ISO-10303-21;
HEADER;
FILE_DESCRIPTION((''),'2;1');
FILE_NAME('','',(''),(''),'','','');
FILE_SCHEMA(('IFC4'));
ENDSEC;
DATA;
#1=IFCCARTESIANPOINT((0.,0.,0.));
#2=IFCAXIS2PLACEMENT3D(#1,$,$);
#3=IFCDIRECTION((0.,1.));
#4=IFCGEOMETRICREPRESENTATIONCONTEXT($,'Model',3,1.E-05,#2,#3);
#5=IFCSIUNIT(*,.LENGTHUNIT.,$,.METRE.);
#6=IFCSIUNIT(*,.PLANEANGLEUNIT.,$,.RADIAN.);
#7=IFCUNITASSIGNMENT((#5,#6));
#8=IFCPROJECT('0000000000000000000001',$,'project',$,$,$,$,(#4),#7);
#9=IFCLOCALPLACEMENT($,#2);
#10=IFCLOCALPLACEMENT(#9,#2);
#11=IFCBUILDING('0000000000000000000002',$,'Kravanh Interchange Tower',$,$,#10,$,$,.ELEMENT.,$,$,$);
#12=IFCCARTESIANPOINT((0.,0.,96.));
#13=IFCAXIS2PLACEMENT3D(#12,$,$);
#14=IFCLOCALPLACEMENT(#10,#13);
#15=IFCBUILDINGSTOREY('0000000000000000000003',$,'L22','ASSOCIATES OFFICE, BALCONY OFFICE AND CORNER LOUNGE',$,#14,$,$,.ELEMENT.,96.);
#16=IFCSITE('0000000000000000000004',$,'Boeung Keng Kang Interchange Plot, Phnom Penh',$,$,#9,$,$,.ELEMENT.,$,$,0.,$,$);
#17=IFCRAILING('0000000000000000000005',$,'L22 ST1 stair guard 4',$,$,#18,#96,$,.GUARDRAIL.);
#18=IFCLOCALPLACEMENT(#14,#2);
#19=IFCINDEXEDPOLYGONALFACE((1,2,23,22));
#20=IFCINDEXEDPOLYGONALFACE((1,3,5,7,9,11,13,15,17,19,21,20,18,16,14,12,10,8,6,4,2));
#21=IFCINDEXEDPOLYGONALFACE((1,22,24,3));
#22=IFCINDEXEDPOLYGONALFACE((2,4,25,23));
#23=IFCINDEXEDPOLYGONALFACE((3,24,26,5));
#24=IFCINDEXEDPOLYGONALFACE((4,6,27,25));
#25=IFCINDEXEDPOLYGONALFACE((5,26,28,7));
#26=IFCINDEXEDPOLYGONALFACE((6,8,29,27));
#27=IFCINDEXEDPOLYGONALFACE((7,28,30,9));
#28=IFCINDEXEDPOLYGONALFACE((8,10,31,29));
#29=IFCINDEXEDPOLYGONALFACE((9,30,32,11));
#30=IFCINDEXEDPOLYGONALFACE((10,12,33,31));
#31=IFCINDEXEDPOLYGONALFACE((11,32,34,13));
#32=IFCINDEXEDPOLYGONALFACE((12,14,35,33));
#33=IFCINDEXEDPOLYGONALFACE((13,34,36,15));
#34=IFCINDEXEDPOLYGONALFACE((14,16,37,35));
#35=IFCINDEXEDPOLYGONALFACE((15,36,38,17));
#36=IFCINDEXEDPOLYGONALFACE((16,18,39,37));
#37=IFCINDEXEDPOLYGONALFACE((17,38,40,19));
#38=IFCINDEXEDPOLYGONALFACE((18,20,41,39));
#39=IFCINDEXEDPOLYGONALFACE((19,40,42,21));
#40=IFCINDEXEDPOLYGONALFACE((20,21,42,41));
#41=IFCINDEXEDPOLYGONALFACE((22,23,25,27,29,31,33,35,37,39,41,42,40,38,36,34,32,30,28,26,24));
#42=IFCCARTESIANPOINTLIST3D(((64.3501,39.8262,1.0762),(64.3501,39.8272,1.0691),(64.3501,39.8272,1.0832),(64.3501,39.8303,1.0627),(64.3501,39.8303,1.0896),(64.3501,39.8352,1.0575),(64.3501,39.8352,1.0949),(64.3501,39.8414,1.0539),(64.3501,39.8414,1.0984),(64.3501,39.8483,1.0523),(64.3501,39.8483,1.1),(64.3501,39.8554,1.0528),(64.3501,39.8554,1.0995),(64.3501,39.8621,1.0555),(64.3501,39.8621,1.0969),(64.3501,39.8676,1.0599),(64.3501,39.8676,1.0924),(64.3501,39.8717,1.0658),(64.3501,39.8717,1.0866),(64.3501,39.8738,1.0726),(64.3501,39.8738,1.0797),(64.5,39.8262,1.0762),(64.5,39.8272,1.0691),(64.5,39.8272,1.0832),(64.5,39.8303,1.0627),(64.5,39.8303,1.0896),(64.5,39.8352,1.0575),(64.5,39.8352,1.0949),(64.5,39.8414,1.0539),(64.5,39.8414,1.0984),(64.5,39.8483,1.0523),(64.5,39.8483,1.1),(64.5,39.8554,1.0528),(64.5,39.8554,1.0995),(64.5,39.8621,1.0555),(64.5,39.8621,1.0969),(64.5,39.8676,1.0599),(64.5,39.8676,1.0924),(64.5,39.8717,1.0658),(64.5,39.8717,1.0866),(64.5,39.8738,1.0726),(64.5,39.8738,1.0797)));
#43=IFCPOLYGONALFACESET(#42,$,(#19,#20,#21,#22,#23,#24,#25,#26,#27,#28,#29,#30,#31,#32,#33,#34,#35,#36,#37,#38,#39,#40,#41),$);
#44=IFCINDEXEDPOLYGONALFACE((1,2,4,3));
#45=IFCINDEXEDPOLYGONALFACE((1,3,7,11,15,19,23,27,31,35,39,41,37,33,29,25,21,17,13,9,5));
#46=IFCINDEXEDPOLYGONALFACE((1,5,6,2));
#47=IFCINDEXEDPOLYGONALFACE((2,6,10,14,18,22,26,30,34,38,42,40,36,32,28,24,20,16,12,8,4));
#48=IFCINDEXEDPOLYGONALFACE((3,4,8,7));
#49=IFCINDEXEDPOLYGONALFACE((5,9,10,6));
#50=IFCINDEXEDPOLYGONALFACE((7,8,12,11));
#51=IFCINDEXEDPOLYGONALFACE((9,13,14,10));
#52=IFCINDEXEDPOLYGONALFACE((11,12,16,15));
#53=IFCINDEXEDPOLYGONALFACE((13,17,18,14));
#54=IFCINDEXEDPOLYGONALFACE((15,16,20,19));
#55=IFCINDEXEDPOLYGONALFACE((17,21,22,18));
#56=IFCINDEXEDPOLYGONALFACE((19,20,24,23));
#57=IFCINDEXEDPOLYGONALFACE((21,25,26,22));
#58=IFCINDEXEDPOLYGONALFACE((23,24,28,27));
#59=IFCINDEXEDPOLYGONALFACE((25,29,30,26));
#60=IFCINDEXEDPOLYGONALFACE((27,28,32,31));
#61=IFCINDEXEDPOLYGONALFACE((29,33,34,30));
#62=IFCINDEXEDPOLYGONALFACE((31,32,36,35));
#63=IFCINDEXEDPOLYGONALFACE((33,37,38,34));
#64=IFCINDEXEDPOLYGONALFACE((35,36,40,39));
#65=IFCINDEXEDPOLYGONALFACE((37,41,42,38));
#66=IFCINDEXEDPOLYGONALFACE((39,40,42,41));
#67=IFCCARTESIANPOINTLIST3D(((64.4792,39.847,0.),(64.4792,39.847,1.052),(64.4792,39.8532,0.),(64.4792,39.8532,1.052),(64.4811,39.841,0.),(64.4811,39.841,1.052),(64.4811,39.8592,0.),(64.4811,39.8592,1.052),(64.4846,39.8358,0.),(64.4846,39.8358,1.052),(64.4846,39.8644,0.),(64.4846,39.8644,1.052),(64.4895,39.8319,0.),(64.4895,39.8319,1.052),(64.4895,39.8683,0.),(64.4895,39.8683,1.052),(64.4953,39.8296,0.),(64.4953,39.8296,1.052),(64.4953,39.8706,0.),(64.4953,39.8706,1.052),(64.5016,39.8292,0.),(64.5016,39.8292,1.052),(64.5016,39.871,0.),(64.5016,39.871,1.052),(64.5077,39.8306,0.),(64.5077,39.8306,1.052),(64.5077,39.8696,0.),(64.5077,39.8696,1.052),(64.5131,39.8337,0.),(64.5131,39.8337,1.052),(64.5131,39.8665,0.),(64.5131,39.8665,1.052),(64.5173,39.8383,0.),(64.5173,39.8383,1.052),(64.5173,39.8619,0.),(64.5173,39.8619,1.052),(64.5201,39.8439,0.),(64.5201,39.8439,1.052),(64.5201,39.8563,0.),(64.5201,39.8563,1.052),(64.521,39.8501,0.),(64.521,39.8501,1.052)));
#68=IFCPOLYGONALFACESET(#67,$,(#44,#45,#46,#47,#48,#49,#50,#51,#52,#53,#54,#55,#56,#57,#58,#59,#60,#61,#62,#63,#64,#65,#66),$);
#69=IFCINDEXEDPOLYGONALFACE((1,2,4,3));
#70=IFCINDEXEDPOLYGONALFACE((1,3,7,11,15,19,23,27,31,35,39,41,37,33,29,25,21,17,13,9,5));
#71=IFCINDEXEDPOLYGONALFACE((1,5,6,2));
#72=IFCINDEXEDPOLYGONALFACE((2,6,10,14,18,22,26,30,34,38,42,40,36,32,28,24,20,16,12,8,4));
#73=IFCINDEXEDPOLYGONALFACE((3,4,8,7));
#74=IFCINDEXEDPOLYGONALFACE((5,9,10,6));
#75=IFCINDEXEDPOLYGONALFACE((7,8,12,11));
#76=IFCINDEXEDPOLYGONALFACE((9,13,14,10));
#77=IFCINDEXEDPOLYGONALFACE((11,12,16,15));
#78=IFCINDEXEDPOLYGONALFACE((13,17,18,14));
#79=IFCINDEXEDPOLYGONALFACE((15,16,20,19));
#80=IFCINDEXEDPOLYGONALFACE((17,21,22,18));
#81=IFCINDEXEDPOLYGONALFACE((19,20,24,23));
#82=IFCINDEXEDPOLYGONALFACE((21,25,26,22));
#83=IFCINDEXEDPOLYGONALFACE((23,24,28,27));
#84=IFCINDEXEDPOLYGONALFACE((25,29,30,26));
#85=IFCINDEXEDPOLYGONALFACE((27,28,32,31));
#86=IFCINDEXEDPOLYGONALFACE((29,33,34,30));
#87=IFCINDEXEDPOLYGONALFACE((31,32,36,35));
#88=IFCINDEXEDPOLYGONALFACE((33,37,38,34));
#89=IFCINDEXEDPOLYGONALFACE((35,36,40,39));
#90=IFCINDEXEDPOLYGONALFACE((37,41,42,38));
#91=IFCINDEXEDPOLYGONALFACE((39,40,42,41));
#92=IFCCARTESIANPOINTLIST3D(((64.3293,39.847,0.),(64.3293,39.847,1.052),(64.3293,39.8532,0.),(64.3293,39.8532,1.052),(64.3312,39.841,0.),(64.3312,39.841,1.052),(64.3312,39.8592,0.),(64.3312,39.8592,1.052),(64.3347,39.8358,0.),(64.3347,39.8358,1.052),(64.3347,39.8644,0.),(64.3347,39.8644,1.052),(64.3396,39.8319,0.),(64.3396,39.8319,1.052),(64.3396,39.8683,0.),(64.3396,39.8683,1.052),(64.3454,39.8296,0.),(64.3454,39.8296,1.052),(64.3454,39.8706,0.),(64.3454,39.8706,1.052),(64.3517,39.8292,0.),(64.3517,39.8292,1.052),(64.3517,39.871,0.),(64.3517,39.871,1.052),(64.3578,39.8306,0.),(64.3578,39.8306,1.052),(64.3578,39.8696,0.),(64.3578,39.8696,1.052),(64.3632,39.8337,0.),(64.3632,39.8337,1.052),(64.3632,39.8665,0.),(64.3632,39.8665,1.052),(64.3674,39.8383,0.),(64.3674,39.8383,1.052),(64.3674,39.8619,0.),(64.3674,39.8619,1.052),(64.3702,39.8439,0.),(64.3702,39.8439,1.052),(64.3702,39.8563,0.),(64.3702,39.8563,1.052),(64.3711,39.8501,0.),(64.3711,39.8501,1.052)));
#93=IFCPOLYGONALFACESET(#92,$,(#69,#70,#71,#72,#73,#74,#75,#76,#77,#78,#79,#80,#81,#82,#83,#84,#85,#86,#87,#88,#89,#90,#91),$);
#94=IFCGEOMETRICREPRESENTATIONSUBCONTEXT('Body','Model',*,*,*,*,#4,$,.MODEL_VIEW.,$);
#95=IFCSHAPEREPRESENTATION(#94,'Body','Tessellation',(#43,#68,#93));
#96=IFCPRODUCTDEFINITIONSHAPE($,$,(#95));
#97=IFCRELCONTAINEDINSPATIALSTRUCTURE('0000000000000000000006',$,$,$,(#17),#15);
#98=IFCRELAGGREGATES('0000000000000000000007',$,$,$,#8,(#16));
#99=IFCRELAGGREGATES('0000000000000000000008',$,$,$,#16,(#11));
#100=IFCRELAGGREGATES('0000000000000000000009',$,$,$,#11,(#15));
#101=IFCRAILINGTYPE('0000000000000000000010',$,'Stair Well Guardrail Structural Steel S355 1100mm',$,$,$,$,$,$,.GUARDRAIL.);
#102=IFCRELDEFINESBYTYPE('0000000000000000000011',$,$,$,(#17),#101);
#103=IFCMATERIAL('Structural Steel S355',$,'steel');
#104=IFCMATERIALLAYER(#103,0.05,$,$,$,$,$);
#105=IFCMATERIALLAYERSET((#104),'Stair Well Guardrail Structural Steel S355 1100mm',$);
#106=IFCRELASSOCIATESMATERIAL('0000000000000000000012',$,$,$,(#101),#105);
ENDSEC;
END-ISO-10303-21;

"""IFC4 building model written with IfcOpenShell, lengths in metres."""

from ifc_helpers import new_model, si_unit, direction, frame, origin, origin_2d, place, context, subcontext, project, spatial, circle, extrude, material, layer, layer_set, type_object, element, save


model = new_model("IFC4")

# Units and contexts
model_context = context("Model", 3, precision=1e-05, world=origin(), true_north=direction((0.0, 1.0)))
body_context = subcontext(model_context, "Body", "Model", "MODEL_VIEW")
ifc_project = project(units=[si_unit("LENGTHUNIT", "METRE"), si_unit("PLANEANGLEUNIT", "RADIAN")], contexts=[model_context])

# Site, building, storey
site_placement = place(None, origin())
site = spatial("IfcSite", under=ifc_project, at=site_placement, Name="Boeung Keng Kang Interchange Plot, Phnom Penh", CompositionType="ELEMENT", RefElevation=0.0)
building_placement = place(site_placement, origin())
building = spatial("IfcBuilding", under=site, at=building_placement, Name="Kravanh Interchange Tower", CompositionType="ELEMENT")
storey_placement = place(building_placement, frame((0.0, 0.0, 96.0)))
storey = spatial("IfcBuildingStorey", under=building, at=storey_placement, Name="L22", Description="ASSOCIATES OFFICE, BALCONY OFFICE AND CORNER LOUNGE", CompositionType="ELEMENT", Elevation=96.0)

# Railing
ifc_material_1 = material(Name="Structural Steel S355", Category="steel")
ifc_layer_1 = layer(ifc_material_1, 0.05)
ifc_layer_set_1 = layer_set([ifc_layer_1], Name="Stair Well Guardrail Structural Steel S355 1100mm")
railing_type_1 = type_object("IfcRailingType", Name="Stair Well Guardrail Structural Steel S355 1100mm", PredefinedType="GUARDRAIL", material=ifc_layer_set_1)
railing_1_placement = place(storey_placement, frame((64.5, 39.8501, 0.0)))
element("IfcRailing", 1, at=railing_1_placement, inside=storey, type_object=railing_type_1, Name="L22 ST1 stair guard 4", PredefinedType="GUARDRAIL", context=body_context, shape_type="SweptSolid", body=[
    extrude(circle(Radius=0.0239, at=origin_2d()), frame((0.0, 0.0, 1.0762), z_axis=(-1.0, 0.0, 0.0), x_axis=(0.0, -1.0, 0.0)), (0.0, 0.0, 1.0), 0.1499),
    extrude(circle(Radius=0.021, at=origin_2d()), origin(), (0.0, 0.0, 1.0), 1.052),
    extrude(circle(Radius=0.021, at=origin_2d()), frame((-0.1499, 0.0, 0.0)), (0.0, 0.0, 1.0), 1.052),
])

save(model, "model.ifc")
